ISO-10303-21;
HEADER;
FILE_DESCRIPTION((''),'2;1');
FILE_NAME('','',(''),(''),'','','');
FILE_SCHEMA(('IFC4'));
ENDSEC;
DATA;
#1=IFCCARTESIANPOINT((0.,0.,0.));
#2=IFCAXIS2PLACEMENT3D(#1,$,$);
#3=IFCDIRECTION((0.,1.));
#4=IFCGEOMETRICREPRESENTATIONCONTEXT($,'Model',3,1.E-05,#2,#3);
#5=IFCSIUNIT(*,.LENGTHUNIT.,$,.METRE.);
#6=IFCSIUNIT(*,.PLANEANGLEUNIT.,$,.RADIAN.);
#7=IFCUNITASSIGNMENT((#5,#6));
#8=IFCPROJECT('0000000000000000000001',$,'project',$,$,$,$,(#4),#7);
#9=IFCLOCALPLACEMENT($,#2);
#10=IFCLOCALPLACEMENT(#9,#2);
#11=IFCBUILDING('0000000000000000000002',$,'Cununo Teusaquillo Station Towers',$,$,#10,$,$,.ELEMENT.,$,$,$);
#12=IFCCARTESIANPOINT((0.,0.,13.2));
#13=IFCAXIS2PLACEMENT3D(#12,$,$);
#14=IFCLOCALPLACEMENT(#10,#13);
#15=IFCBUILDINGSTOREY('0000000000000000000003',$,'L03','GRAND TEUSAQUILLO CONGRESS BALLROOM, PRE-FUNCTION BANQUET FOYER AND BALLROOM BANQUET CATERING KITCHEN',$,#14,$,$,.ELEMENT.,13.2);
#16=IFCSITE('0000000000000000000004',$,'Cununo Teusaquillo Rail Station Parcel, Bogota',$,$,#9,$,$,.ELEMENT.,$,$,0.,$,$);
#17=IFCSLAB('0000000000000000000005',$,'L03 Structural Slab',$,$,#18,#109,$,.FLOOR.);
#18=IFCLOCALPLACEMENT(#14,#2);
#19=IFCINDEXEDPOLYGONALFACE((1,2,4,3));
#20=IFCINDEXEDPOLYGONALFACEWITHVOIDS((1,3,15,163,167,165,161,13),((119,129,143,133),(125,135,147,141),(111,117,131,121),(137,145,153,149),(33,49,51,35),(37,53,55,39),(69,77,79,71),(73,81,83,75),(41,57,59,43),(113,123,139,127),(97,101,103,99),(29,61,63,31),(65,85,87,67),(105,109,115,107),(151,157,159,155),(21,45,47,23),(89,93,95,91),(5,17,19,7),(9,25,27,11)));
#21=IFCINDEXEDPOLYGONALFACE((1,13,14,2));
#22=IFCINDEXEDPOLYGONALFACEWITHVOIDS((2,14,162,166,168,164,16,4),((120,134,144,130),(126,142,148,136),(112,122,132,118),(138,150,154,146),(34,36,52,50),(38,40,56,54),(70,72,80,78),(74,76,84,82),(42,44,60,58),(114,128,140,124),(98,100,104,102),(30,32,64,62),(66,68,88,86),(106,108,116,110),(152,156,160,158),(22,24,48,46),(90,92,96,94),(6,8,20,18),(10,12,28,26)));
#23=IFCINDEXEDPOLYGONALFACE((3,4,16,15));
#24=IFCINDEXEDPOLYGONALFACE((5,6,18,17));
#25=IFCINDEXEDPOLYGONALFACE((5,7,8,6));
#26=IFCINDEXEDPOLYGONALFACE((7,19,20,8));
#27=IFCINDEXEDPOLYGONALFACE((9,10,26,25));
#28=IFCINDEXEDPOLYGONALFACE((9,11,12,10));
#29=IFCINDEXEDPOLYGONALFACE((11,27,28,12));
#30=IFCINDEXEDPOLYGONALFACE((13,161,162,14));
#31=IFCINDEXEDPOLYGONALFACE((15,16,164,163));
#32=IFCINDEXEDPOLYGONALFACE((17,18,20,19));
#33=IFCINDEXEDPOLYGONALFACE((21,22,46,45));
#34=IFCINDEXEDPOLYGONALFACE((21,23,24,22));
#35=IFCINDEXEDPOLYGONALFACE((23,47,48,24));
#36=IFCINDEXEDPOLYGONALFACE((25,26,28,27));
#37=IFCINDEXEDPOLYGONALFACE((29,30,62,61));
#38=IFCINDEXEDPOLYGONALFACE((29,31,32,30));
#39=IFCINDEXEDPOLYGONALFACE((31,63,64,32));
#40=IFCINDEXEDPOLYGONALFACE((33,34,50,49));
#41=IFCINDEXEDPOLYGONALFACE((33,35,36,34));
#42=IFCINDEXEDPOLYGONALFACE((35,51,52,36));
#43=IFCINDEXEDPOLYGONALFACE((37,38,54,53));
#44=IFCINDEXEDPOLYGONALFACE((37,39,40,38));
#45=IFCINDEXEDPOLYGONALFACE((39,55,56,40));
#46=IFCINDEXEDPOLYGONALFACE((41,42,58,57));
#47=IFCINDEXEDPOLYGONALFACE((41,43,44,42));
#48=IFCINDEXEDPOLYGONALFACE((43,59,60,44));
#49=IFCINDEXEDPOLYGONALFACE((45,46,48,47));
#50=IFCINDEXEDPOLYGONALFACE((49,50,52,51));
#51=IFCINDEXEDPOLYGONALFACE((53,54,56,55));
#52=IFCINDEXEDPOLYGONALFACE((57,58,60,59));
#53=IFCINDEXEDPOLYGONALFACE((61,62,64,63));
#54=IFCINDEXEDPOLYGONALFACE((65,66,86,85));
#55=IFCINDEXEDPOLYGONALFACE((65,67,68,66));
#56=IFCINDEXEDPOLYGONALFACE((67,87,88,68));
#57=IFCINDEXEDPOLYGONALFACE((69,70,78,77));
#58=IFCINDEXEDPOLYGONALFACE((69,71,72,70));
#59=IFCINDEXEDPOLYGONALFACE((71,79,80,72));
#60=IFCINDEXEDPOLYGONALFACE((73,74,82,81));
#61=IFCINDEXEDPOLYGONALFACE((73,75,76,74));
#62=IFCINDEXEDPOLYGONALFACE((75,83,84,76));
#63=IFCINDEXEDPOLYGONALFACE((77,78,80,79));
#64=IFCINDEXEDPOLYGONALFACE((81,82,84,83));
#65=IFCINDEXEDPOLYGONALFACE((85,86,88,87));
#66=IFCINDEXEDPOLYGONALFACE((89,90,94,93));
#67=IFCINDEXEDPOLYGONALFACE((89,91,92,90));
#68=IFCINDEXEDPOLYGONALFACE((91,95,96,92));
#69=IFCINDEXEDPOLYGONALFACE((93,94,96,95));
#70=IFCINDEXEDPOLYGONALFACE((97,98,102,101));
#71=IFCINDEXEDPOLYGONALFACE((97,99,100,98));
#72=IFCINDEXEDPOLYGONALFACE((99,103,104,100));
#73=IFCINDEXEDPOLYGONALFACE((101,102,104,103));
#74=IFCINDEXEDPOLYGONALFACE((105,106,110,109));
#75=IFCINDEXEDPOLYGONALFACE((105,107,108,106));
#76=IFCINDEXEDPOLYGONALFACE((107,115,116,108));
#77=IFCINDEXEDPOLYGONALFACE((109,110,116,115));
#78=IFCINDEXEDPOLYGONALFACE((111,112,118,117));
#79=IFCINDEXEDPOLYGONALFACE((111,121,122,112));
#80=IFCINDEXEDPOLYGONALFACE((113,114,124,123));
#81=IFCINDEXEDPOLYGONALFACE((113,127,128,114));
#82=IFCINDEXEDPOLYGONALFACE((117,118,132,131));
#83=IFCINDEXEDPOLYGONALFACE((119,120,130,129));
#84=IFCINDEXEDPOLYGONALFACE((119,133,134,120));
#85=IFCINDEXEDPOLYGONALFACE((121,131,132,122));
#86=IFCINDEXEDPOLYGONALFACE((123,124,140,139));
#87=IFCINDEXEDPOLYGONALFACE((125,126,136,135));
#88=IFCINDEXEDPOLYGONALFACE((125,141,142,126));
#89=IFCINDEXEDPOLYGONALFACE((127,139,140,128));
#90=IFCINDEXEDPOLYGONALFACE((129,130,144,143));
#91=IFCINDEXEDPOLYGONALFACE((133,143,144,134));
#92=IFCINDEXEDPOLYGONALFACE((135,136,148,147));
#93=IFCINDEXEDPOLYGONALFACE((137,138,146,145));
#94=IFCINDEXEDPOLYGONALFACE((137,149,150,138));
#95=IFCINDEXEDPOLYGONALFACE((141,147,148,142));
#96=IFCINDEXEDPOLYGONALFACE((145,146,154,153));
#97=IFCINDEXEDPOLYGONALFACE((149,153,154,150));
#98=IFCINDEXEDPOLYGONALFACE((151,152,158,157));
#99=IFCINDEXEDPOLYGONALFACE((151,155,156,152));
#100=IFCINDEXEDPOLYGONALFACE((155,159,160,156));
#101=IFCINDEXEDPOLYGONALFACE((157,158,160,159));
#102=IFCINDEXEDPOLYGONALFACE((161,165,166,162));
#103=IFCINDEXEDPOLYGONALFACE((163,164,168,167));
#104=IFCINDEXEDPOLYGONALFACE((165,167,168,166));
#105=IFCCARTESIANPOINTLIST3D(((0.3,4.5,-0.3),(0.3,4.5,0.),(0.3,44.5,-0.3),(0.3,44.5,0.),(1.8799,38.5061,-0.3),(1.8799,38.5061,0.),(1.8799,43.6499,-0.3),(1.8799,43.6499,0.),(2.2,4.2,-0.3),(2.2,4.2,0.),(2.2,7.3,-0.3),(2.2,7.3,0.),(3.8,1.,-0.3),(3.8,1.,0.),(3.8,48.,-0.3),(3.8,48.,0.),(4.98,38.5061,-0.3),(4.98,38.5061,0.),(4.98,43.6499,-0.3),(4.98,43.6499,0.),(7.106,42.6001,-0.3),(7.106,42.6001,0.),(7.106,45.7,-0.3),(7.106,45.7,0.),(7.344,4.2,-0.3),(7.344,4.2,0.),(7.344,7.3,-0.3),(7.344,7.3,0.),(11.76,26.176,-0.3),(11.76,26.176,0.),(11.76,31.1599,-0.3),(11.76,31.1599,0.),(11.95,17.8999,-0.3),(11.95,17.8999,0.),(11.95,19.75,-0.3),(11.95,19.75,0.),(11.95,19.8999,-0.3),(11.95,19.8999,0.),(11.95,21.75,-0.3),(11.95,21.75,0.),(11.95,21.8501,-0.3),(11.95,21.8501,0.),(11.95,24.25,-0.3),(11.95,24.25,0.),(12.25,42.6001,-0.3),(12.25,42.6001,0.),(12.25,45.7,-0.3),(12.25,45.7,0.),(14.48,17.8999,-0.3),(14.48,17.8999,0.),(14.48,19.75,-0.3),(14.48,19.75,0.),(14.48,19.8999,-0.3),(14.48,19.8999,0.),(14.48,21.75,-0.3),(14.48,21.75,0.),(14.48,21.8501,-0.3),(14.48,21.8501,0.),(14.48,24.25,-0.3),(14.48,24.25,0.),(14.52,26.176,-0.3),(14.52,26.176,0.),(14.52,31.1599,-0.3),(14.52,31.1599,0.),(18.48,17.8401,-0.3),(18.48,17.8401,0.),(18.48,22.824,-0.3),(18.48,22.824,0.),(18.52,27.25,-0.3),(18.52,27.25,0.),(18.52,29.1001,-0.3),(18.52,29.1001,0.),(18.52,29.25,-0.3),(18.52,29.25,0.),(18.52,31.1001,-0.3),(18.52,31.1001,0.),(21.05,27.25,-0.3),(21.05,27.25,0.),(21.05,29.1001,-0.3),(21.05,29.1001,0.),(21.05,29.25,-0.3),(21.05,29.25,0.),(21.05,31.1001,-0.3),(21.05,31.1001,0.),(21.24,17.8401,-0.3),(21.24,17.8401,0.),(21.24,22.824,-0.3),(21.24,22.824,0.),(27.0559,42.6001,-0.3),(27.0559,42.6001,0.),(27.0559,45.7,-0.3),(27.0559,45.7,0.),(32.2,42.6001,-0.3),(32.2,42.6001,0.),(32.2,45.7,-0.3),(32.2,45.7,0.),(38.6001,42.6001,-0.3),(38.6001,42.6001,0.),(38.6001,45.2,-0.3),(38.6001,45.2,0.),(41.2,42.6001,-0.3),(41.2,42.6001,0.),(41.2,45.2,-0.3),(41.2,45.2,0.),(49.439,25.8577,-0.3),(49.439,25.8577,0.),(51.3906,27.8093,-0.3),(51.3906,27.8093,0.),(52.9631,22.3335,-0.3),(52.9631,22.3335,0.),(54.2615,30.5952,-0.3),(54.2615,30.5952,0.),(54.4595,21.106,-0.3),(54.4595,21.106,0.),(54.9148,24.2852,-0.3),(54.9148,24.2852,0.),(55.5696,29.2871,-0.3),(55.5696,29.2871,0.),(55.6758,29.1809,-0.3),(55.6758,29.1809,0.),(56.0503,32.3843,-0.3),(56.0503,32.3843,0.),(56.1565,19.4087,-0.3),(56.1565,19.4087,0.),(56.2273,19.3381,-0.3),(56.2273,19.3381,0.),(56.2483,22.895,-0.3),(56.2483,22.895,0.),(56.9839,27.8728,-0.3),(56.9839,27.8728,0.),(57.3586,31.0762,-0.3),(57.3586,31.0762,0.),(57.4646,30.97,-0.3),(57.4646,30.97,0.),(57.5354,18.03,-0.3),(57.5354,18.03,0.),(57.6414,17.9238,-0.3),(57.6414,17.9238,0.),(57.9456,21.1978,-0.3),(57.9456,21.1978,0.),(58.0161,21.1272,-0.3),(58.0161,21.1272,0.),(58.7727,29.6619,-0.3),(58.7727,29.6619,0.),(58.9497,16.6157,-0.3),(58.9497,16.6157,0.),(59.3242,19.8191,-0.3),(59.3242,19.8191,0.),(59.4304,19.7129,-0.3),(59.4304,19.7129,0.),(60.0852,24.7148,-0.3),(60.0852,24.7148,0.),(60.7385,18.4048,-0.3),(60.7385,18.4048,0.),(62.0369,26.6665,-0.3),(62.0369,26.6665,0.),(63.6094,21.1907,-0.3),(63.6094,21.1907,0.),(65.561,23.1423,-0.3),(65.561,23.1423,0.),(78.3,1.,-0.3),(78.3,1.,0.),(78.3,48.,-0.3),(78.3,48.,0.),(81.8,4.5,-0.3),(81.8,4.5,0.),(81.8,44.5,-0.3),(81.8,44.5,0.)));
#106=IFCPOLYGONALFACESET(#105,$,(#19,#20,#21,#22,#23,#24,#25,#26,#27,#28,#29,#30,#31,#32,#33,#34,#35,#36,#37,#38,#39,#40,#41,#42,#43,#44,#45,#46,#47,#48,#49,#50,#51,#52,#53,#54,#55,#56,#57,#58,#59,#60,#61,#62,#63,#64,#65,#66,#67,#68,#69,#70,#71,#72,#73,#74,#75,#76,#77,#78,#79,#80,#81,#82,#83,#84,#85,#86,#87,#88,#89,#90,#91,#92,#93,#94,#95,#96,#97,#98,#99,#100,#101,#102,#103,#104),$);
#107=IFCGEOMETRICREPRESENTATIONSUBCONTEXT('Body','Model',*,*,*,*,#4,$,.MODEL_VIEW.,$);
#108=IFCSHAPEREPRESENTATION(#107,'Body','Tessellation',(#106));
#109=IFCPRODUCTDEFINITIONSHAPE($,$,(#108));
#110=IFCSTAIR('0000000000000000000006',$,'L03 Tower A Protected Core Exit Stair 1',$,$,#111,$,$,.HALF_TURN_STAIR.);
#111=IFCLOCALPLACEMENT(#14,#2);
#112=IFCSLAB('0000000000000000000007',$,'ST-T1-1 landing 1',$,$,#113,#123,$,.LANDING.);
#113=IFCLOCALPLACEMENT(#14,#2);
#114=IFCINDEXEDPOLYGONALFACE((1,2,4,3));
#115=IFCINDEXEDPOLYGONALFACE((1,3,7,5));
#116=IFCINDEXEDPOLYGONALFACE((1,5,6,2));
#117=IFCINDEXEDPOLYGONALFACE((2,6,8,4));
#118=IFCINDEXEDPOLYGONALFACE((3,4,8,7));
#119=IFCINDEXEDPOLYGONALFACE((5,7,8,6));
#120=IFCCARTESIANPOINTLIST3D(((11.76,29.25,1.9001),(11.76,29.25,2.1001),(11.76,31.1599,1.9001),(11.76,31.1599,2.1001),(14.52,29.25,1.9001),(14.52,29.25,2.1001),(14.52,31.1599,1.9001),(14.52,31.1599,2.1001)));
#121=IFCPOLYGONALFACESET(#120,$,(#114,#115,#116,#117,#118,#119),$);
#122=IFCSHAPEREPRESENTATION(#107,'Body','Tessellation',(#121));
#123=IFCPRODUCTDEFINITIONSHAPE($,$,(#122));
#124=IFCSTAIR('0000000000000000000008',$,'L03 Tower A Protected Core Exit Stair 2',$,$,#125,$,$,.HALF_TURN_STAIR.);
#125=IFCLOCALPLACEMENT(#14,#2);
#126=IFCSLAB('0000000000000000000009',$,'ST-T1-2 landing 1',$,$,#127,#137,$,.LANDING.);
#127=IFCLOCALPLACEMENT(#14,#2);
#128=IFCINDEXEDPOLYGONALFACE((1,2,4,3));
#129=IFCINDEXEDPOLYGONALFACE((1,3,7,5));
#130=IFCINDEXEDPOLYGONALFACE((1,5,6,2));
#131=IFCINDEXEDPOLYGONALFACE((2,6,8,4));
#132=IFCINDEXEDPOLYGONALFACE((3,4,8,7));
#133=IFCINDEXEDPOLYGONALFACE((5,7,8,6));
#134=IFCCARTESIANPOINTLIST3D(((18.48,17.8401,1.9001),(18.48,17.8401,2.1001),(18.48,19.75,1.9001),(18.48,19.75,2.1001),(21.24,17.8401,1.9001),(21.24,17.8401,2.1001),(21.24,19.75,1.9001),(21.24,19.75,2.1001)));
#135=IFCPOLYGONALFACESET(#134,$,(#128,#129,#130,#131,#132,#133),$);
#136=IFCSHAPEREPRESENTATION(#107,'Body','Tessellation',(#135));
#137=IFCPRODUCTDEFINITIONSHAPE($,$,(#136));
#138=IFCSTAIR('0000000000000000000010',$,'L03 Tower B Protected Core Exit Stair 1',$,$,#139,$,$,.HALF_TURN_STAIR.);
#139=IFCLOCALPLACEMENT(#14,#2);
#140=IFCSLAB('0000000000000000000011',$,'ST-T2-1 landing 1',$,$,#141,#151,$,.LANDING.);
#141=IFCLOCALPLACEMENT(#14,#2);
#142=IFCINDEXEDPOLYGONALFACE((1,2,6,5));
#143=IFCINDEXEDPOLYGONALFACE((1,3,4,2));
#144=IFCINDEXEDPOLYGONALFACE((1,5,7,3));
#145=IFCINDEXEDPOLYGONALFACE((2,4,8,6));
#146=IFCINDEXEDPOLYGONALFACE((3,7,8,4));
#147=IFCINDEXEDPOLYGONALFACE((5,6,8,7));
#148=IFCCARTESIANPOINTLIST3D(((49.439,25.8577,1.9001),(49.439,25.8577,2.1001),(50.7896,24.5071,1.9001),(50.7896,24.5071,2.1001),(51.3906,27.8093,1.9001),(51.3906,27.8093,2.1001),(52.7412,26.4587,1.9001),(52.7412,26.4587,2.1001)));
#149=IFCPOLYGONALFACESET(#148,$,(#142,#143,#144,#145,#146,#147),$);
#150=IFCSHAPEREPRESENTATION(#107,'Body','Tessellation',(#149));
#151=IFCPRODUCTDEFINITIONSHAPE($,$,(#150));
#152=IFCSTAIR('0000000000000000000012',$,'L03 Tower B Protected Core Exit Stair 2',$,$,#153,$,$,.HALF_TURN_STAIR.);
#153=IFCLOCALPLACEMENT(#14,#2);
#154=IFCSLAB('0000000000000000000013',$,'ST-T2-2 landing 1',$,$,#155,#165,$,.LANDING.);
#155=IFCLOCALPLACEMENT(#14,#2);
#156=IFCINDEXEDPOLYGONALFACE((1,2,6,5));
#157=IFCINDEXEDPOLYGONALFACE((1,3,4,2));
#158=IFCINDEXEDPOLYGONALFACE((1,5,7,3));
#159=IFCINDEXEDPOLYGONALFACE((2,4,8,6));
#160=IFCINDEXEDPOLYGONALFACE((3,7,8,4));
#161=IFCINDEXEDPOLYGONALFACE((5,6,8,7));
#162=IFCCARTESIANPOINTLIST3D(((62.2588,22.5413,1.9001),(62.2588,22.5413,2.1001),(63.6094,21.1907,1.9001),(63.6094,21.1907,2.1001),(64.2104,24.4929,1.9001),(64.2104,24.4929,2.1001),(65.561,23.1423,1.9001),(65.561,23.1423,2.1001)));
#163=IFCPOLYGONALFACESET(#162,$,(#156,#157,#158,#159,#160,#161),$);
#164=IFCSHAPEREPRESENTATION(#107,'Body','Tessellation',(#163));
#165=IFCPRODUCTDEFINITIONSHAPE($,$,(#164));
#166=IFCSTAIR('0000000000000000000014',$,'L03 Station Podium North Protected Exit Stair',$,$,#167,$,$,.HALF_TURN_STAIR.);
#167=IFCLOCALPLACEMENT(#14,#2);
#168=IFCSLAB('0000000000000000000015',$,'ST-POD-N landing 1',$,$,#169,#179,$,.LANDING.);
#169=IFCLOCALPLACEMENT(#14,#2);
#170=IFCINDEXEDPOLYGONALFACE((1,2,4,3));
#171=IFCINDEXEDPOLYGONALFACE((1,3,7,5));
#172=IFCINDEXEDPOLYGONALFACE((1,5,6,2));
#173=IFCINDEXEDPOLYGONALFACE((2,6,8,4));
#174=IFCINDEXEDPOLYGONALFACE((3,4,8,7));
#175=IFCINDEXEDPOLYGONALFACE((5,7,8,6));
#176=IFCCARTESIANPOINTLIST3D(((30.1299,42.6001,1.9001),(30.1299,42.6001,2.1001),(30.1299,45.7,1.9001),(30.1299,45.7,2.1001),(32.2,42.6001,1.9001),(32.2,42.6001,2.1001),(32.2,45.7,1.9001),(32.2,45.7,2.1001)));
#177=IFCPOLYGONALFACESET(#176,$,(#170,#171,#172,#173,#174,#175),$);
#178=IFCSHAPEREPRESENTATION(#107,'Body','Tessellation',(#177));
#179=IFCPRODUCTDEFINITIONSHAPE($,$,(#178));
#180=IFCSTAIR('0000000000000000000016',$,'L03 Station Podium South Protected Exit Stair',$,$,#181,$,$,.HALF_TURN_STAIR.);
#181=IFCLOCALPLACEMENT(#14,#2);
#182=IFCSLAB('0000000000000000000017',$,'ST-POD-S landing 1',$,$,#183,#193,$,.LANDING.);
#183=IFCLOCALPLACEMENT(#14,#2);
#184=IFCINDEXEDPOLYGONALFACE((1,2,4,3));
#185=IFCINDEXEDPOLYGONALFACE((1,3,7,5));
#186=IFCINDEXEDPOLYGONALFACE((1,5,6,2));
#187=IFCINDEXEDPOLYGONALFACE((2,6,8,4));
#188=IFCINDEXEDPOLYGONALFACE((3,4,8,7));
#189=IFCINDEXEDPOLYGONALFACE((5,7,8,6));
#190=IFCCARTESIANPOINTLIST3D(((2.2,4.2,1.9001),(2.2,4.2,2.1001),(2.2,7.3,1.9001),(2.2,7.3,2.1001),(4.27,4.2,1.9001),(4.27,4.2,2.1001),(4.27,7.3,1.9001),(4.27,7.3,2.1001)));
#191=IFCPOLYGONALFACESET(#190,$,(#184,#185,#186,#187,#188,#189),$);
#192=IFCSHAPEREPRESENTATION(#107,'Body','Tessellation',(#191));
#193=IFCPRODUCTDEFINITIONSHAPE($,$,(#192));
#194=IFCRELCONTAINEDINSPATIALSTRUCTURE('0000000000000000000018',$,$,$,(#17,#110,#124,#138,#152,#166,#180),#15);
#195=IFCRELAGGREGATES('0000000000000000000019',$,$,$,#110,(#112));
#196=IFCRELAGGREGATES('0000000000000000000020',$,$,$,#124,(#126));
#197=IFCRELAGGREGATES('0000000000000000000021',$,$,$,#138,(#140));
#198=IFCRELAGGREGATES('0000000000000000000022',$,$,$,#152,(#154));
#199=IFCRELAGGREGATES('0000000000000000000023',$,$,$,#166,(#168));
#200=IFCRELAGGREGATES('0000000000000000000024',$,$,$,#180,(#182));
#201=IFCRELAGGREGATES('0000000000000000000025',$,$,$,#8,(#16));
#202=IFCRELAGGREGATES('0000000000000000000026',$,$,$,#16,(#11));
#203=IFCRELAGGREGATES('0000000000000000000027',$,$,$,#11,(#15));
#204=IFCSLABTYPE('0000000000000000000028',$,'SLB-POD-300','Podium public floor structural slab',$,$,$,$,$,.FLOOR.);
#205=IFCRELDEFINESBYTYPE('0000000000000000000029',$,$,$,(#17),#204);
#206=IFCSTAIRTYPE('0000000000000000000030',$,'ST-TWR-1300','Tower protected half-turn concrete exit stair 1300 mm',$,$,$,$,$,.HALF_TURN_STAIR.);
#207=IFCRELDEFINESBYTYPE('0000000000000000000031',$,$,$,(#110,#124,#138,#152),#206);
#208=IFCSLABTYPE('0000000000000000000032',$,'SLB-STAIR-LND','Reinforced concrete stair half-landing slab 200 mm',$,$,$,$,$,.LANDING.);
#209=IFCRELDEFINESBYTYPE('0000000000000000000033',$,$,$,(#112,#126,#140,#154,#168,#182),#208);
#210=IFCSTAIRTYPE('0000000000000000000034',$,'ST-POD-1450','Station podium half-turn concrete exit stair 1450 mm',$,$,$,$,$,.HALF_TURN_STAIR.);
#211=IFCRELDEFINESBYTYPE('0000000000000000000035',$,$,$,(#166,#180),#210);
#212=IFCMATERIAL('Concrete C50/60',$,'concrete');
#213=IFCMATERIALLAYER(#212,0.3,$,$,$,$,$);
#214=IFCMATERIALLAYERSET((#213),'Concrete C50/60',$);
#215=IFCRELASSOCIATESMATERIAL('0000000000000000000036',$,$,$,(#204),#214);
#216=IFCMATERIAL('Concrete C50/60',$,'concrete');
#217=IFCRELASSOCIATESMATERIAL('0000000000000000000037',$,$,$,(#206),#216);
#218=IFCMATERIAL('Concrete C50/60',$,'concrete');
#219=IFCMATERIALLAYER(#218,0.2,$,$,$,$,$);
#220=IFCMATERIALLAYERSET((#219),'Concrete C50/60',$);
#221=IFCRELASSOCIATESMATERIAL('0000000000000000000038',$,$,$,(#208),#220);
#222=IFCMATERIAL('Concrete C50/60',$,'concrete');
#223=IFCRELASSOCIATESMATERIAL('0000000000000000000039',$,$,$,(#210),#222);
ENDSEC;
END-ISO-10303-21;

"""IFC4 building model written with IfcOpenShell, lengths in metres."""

from ifc_helpers import new_model, si_unit, direction, frame, origin, place, context, subcontext, project, spatial, polyline, outline, extrude, material, layer, layer_set, type_object, element, aggregate, save


model = new_model("IFC4")

# Units and contexts
model_context = context("Model", 3, precision=1e-05, world=origin(), true_north=direction((0.0, 1.0)))
body_context = subcontext(model_context, "Body", "Model", "MODEL_VIEW")
ifc_project = project(units=[si_unit("LENGTHUNIT", "METRE"), si_unit("PLANEANGLEUNIT", "RADIAN")], contexts=[model_context])

# Site, building, storey
site_placement = place(None, origin())
site = spatial("IfcSite", under=ifc_project, at=site_placement, Name="Cununo Teusaquillo Rail Station Parcel, Bogota", CompositionType="ELEMENT", RefElevation=0.0)
building_placement = place(site_placement, origin())
building = spatial("IfcBuilding", under=site, at=building_placement, Name="Cununo Teusaquillo Station Towers", CompositionType="ELEMENT")
storey_placement = place(building_placement, frame((0.0, 0.0, 13.2)))
storey = spatial("IfcBuildingStorey", under=building, at=storey_placement, Name="L03", Description="GRAND TEUSAQUILLO CONGRESS BALLROOM, PRE-FUNCTION BANQUET FOYER AND BALLROOM BANQUET CATERING KITCHEN", CompositionType="ELEMENT", Elevation=13.2)

# Slab
ifc_material_1 = material(Name="Concrete C50/60", Category="concrete")
ifc_layer_1 = layer(ifc_material_1, 0.3)
ifc_layer_set_1 = layer_set([ifc_layer_1], Name="Concrete C50/60")
slab_type_1 = type_object("IfcSlabType", Name="SLB-POD-300", Description="Podium public floor structural slab", PredefinedType="FLOOR", material=ifc_layer_set_1)
slab_1_placement = place(storey_placement, frame((0.0, 0.0, -0.3)))
element("IfcSlab", 1, at=slab_1_placement, inside=storey, type_object=slab_type_1, Name="L03 Structural Slab", PredefinedType="FLOOR", context=body_context, shape_type="SweptSolid", body=[
    extrude(outline(polyline([(3.8, 1.0), (78.3, 1.0), (81.8, 4.5), (81.8, 44.5), (78.3, 48.0), (3.8, 48.0), (0.3, 44.5), (0.3, 4.5), (3.8, 1.0)]), holes=[polyline([(14.52, 26.176), (14.52, 31.1599), (11.76, 31.1599), (11.76, 26.176), (14.52, 26.176)]), polyline([(18.48, 22.824), (18.48, 17.8401), (21.24, 17.8401), (21.24, 22.824), (18.48, 22.824)]), polyline([(54.9148, 24.2852), (51.3906, 27.8093), (49.439, 25.8577), (52.9631, 22.3335), (54.9148, 24.2852)]), polyline([(60.0852, 24.7148), (63.6094, 21.1907), (65.561, 23.1423), (62.0369, 26.6665), (60.0852, 24.7148)]), polyline([(27.0559, 42.6001), (32.2, 42.6001), (32.2, 45.7), (27.0559, 45.7), (27.0559, 42.6001)]), polyline([(7.344, 7.3), (2.2, 7.3), (2.2, 4.2), (7.344, 4.2), (7.344, 7.3)]), polyline([(4.98, 38.5061), (4.98, 43.6499), (1.8799, 43.6499), (1.8799, 38.5061), (4.98, 38.5061)]), polyline([(7.106, 42.6001), (12.25, 42.6001), (12.25, 45.7), (7.106, 45.7), (7.106, 42.6001)]), polyline([(11.95, 21.8501), (14.48, 21.8501), (14.48, 24.25), (11.95, 24.25), (11.95, 21.8501)]), polyline([(11.95, 17.8999), (14.48, 17.8999), (14.48, 19.75), (11.95, 19.75), (11.95, 17.8999)]), polyline([(11.95, 19.8999), (14.48, 19.8999), (14.48, 21.75), (11.95, 21.75), (11.95, 19.8999)]), polyline([(18.52, 27.25), (21.05, 27.25), (21.05, 29.1001), (18.52, 29.1001), (18.52, 27.25)]), polyline([(18.52, 29.25), (21.05, 29.25), (21.05, 31.1001), (18.52, 31.1001), (18.52, 29.25)]), polyline([(56.1565, 19.4087), (57.9456, 21.1978), (56.2483, 22.895), (54.4595, 21.106), (56.1565, 19.4087)]), polyline([(58.9497, 16.6157), (60.7385, 18.4048), (59.4304, 19.7129), (57.6414, 17.9238), (58.9497, 16.6157)]), polyline([(57.5354, 18.03), (59.3242, 19.8191), (58.0161, 21.1272), (56.2273, 19.3381), (57.5354, 18.03)]), polyline([(56.9839, 27.8728), (58.7727, 29.6619), (57.4646, 30.97), (55.6758, 29.1809), (56.9839, 27.8728)]), polyline([(55.5696, 29.2871), (57.3586, 31.0762), (56.0503, 32.3843), (54.2615, 30.5952), (55.5696, 29.2871)]), polyline([(38.6001, 42.6001), (41.2, 42.6001), (41.2, 45.2), (38.6001, 45.2), (38.6001, 42.6001)])]), origin(), (0.0, 0.0, 1.0), 0.3),
])

# Stairs, slabs
ifc_material_2 = material(Name="Concrete C50/60", Category="concrete")
stair_type_1 = type_object("IfcStairType", Name="ST-TWR-1300", Description="Tower protected half-turn concrete exit stair 1300 mm", PredefinedType="HALF_TURN_STAIR", material=ifc_material_2)
stair_1_placement = place(storey_placement, origin())
stair_1 = element("IfcStair", 2, at=stair_1_placement, inside=storey, type_object=stair_type_1, Name="L03 Tower A Protected Core Exit Stair 1", PredefinedType="HALF_TURN_STAIR")
ifc_material_3 = material(Name="Concrete C50/60", Category="concrete")
ifc_layer_2 = layer(ifc_material_3, 0.2)
ifc_layer_set_2 = layer_set([ifc_layer_2], Name="Concrete C50/60")
slab_type_2 = type_object("IfcSlabType", Name="SLB-STAIR-LND", Description="Reinforced concrete stair half-landing slab 200 mm", PredefinedType="LANDING", material=ifc_layer_set_2)
slab_2_placement = place(storey_placement, frame((0.0, 0.0, 1.9001)))
slab_2 = element("IfcSlab", 3, at=slab_2_placement, type_object=slab_type_2, Name="ST-T1-1 landing 1", PredefinedType="LANDING", context=body_context, shape_type="SweptSolid", body=[
    extrude(outline(polyline([(14.52, 29.25), (14.52, 31.1599), (11.76, 31.1599), (11.76, 29.25), (14.52, 29.25)])), origin(), (0.0, 0.0, 1.0), 0.2),
])
aggregate(stair_1, [slab_2])
stair_2_placement = place(storey_placement, origin())
stair_2 = element("IfcStair", 4, at=stair_2_placement, inside=storey, type_object=stair_type_1, Name="L03 Tower A Protected Core Exit Stair 2", PredefinedType="HALF_TURN_STAIR")
slab_3_placement = place(storey_placement, frame((0.0, 0.0, 1.9001)))
slab_3 = element("IfcSlab", 5, at=slab_3_placement, type_object=slab_type_2, Name="ST-T1-2 landing 1", PredefinedType="LANDING", context=body_context, shape_type="SweptSolid", body=[
    extrude(outline(polyline([(18.48, 19.75), (18.48, 17.8401), (21.24, 17.8401), (21.24, 19.75), (18.48, 19.75)])), origin(), (0.0, 0.0, 1.0), 0.2),
])
aggregate(stair_2, [slab_3])
stair_3_placement = place(storey_placement, origin())
stair_3 = element("IfcStair", 6, at=stair_3_placement, inside=storey, type_object=stair_type_1, Name="L03 Tower B Protected Core Exit Stair 1", PredefinedType="HALF_TURN_STAIR")
slab_4_placement = place(storey_placement, frame((0.0, 0.0, 1.9001)))
slab_4 = element("IfcSlab", 7, at=slab_4_placement, type_object=slab_type_2, Name="ST-T2-1 landing 1", PredefinedType="LANDING", context=body_context, shape_type="SweptSolid", body=[
    extrude(outline(polyline([(52.7412, 26.4587), (51.3906, 27.8093), (49.439, 25.8577), (50.7896, 24.5071), (52.7412, 26.4587)])), origin(), (0.0, 0.0, 1.0), 0.2),
])
aggregate(stair_3, [slab_4])
stair_4_placement = place(storey_placement, origin())
stair_4 = element("IfcStair", 8, at=stair_4_placement, inside=storey, type_object=stair_type_1, Name="L03 Tower B Protected Core Exit Stair 2", PredefinedType="HALF_TURN_STAIR")
slab_5_placement = place(storey_placement, frame((0.0, 0.0, 1.9001)))
slab_5 = element("IfcSlab", 9, at=slab_5_placement, type_object=slab_type_2, Name="ST-T2-2 landing 1", PredefinedType="LANDING", context=body_context, shape_type="SweptSolid", body=[
    extrude(outline(polyline([(62.2588, 22.5413), (63.6094, 21.1907), (65.561, 23.1423), (64.2104, 24.4929), (62.2588, 22.5413)])), origin(), (0.0, 0.0, 1.0), 0.2),
])
aggregate(stair_4, [slab_5])
ifc_material_4 = material(Name="Concrete C50/60", Category="concrete")
stair_type_2 = type_object("IfcStairType", Name="ST-POD-1450", Description="Station podium half-turn concrete exit stair 1450 mm", PredefinedType="HALF_TURN_STAIR", material=ifc_material_4)
stair_5_placement = place(storey_placement, origin())
stair_5 = element("IfcStair", 10, at=stair_5_placement, inside=storey, type_object=stair_type_2, Name="L03 Station Podium North Protected Exit Stair", PredefinedType="HALF_TURN_STAIR")
slab_6_placement = place(storey_placement, frame((0.0, 0.0, 1.9001)))
slab_6 = element("IfcSlab", 11, at=slab_6_placement, type_object=slab_type_2, Name="ST-POD-N landing 1", PredefinedType="LANDING", context=body_context, shape_type="SweptSolid", body=[
    extrude(outline(polyline([(30.1299, 42.6001), (32.2, 42.6001), (32.2, 45.7), (30.1299, 45.7), (30.1299, 42.6001)])), origin(), (0.0, 0.0, 1.0), 0.2),
])
aggregate(stair_5, [slab_6])
stair_6_placement = place(storey_placement, origin())
stair_6 = element("IfcStair", 12, at=stair_6_placement, inside=storey, type_object=stair_type_2, Name="L03 Station Podium South Protected Exit Stair", PredefinedType="HALF_TURN_STAIR")
slab_7_placement = place(storey_placement, frame((0.0, 0.0, 1.9001)))
slab_7 = element("IfcSlab", 13, at=slab_7_placement, type_object=slab_type_2, Name="ST-POD-S landing 1", PredefinedType="LANDING", context=body_context, shape_type="SweptSolid", body=[
    extrude(outline(polyline([(4.27, 7.3), (2.2, 7.3), (2.2, 4.2), (4.27, 4.2), (4.27, 7.3)])), origin(), (0.0, 0.0, 1.0), 0.2),
])
aggregate(stair_6, [slab_7])

save(model, "model.ifc")
